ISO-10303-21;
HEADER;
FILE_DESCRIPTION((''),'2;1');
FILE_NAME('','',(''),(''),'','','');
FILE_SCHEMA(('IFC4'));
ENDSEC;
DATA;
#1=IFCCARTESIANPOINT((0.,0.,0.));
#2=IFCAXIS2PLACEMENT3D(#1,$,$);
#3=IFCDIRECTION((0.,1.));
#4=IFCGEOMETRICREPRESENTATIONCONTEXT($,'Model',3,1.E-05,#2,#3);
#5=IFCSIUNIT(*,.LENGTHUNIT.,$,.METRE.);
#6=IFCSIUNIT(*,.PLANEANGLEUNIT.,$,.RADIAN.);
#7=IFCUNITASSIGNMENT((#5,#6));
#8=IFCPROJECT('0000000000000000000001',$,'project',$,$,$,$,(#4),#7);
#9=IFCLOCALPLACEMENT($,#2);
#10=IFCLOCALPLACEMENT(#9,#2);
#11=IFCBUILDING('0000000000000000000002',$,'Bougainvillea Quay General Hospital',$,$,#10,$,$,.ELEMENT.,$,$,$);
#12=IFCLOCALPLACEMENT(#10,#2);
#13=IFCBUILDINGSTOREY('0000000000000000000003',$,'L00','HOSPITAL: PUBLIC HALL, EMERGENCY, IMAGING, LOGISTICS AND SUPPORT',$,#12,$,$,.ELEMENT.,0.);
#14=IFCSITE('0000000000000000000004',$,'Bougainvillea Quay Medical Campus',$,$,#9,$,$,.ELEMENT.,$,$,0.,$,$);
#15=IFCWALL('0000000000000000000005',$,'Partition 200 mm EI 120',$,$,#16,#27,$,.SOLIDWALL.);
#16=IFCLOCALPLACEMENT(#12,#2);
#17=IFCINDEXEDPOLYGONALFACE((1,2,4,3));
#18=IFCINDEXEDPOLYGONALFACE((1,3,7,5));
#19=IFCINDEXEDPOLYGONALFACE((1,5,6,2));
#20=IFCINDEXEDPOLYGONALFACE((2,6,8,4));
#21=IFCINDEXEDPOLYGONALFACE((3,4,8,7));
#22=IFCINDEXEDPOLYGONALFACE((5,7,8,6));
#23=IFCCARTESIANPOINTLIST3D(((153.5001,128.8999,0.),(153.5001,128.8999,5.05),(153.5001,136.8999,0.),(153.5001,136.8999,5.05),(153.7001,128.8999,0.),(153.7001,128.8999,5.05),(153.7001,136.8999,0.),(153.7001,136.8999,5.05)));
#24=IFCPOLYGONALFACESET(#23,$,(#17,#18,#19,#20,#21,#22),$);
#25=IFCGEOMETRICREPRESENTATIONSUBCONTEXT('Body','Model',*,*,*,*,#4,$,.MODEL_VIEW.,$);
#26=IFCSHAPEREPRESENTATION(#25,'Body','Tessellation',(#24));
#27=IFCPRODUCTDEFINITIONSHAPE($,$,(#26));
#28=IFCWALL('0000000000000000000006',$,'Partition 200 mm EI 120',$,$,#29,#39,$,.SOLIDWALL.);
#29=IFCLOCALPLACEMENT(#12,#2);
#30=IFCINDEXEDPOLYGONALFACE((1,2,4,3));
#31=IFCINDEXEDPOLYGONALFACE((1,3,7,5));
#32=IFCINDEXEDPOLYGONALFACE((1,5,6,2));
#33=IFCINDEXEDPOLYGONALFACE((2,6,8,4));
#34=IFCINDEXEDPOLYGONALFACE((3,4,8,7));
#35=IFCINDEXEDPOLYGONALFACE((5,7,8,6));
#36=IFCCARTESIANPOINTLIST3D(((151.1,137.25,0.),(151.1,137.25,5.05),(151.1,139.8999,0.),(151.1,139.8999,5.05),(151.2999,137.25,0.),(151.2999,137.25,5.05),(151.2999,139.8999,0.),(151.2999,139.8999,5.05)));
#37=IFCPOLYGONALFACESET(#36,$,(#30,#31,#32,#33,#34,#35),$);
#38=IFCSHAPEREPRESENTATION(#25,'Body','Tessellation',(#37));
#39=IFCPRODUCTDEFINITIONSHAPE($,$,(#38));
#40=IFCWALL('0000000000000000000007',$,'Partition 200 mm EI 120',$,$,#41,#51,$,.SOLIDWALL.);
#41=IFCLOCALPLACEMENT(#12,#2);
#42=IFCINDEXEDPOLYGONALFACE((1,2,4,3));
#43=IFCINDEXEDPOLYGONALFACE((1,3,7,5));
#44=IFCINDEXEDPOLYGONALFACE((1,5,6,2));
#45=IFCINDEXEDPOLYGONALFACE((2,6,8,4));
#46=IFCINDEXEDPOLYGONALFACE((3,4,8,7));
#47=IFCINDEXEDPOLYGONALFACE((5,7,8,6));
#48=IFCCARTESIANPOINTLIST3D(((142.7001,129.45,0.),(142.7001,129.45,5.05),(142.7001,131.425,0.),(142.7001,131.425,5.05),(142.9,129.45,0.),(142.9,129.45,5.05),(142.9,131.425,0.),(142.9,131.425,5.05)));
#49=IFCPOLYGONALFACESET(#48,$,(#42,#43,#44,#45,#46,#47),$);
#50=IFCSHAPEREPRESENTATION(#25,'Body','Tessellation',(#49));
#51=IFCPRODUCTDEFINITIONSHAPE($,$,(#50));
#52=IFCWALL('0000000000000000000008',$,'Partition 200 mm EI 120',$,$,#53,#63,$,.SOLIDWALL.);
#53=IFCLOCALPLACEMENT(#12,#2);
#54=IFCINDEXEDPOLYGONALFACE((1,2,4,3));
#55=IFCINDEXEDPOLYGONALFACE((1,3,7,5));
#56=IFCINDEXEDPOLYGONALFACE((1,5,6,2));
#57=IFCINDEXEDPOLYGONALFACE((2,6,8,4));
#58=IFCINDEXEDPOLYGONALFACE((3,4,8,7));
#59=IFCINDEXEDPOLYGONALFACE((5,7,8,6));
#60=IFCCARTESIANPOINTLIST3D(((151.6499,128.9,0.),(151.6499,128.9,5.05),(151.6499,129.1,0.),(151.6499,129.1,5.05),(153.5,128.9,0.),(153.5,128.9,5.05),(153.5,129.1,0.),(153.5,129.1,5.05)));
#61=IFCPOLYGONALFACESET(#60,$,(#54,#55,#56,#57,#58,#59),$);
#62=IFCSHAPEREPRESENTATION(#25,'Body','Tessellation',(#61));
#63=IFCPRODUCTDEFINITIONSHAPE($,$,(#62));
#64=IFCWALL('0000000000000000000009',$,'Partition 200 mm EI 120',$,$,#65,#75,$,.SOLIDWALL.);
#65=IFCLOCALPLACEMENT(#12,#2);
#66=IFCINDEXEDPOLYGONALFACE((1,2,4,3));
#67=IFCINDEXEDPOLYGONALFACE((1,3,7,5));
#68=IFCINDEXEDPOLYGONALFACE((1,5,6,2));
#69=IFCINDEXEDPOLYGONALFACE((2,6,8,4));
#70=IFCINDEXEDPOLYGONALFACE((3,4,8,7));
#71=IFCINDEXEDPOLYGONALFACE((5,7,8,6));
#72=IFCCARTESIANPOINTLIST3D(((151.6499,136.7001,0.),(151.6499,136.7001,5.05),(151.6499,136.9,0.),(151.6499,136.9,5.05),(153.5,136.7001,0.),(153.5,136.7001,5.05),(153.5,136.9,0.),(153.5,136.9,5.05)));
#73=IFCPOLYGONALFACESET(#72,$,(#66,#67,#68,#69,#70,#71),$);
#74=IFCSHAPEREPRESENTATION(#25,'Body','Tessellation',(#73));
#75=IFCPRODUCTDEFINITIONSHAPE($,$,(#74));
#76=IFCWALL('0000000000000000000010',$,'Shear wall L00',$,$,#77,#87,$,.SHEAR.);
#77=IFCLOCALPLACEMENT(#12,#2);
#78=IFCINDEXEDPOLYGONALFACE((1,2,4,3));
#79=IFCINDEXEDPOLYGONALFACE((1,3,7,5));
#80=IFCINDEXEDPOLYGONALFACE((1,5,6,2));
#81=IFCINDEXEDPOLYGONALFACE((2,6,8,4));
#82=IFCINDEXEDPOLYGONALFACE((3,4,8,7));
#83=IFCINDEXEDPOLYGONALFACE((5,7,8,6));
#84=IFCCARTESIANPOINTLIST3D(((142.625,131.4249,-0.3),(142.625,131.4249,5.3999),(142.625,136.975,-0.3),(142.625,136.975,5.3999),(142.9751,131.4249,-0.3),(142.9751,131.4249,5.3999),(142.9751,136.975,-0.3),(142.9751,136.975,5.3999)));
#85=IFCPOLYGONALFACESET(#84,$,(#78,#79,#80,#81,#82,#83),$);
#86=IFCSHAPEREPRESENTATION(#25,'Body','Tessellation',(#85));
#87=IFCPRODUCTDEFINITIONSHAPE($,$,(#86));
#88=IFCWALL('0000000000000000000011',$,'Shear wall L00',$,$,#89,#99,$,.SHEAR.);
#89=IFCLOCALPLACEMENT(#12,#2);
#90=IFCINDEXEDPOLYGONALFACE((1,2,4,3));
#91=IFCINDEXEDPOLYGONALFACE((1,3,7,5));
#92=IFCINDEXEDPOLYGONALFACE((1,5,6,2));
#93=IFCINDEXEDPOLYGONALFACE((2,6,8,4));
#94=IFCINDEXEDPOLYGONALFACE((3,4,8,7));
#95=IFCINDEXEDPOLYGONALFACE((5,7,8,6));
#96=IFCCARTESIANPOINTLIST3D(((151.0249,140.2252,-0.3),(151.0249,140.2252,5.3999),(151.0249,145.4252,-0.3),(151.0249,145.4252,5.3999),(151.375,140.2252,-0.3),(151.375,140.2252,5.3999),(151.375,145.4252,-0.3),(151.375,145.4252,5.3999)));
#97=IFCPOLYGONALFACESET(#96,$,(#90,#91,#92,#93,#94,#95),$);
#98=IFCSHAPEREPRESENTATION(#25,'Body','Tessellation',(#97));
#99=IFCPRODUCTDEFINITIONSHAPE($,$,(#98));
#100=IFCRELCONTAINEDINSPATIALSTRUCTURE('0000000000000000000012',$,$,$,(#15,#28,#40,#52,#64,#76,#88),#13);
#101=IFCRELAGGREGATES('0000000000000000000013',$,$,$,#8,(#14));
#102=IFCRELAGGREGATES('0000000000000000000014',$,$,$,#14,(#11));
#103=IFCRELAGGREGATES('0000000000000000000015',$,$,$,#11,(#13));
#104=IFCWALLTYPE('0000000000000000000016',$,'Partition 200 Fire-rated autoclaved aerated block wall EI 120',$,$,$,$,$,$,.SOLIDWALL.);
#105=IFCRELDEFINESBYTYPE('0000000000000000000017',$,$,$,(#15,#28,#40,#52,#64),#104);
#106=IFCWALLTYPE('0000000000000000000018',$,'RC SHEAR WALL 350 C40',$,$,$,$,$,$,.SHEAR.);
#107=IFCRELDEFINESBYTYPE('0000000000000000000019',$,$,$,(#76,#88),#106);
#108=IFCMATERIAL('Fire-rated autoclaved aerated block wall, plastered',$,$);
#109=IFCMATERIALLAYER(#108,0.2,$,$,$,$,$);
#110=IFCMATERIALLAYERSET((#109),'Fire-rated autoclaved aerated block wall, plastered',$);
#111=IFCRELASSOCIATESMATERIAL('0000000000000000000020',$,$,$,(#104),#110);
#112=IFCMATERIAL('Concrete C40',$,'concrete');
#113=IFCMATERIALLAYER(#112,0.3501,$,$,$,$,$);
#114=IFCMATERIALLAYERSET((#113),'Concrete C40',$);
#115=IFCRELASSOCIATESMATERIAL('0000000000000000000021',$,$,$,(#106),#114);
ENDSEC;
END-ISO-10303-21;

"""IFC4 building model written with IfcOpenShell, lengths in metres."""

from ifc_helpers import new_model, si_unit, direction, frame, frame_2d, origin, place, context, subcontext, project, spatial, rectangle, extrude, material, layer, layer_set, type_object, element, save


model = new_model("IFC4")

# Units and contexts
model_context = context("Model", 3, precision=1e-05, world=origin(), true_north=direction((0.0, 1.0)))
body_context = subcontext(model_context, "Body", "Model", "MODEL_VIEW")
ifc_project = project(units=[si_unit("LENGTHUNIT", "METRE"), si_unit("PLANEANGLEUNIT", "RADIAN")], contexts=[model_context])

# Site, building, storey
site_placement = place(None, origin())
site = spatial("IfcSite", under=ifc_project, at=site_placement, Name="Bougainvillea Quay Medical Campus", CompositionType="ELEMENT", RefElevation=0.0)
building_placement = place(site_placement, origin())
building = spatial("IfcBuilding", under=site, at=building_placement, Name="Bougainvillea Quay General Hospital", CompositionType="ELEMENT")
storey_placement = place(building_placement, origin())
storey = spatial("IfcBuildingStorey", under=building, at=storey_placement, Name="L00", Description="HOSPITAL: PUBLIC HALL, EMERGENCY, IMAGING, LOGISTICS AND SUPPORT", CompositionType="ELEMENT", Elevation=0.0)

# Shared definitions
ifc_material_1 = material(Name="Concrete C40", Category="concrete")

# Shared definitions
ifc_material_2 = material(Name="Fire-rated autoclaved aerated block wall, plastered")
ifc_layer_1 = layer(ifc_material_2, 0.2)
ifc_layer_set_1 = layer_set([ifc_layer_1], Name="Fire-rated autoclaved aerated block wall, plastered")
wall_type_1 = type_object("IfcWallType", Name="Partition 200 Fire-rated autoclaved aerated block wall EI 120", PredefinedType="SOLIDWALL", material=ifc_layer_set_1)

# Walls
wall_1_placement = place(storey_placement, frame((153.6001, 128.8999, 0.0), z_axis=(0.0, 0.0, 1.0), x_axis=(0.0, 1.0, 0.0)))
element("IfcWall", 1, at=wall_1_placement, inside=storey, type_object=wall_type_1, Name="Partition 200 mm EI 120", PredefinedType="SOLIDWALL", context=body_context, shape_type="SweptSolid", body=[
    extrude(rectangle(XDim=8.0, YDim=0.2, at=frame_2d((4.0, 0.0))), origin(), (0.0, 0.0, 1.0), 5.05),
])
wall_2_placement = place(storey_placement, frame((151.2, 137.25, 0.0), z_axis=(0.0, 0.0, 1.0), x_axis=(0.0, 1.0, 0.0)))
element("IfcWall", 2, at=wall_2_placement, inside=storey, type_object=wall_type_1, Name="Partition 200 mm EI 120", PredefinedType="SOLIDWALL", context=body_context, shape_type="SweptSolid", body=[
    extrude(rectangle(XDim=2.6499, YDim=0.2, at=frame_2d((1.325, 0.0))), origin(), (0.0, 0.0, 1.0), 5.05),
])
wall_3_placement = place(storey_placement, frame((142.8, 129.45, 0.0), z_axis=(0.0, 0.0, 1.0), x_axis=(0.0, 1.0, 0.0)))
element("IfcWall", 3, at=wall_3_placement, inside=storey, type_object=wall_type_1, Name="Partition 200 mm EI 120", PredefinedType="SOLIDWALL", context=body_context, shape_type="SweptSolid", body=[
    extrude(rectangle(XDim=1.9751, YDim=0.2, at=frame_2d((0.9875, 0.0))), origin(), (0.0, 0.0, 1.0), 5.05),
])
for number, where, z_axis, x_axis, name in (
    (4, (151.6499, 129.0, 0.0), (0.0, 0.0, 1.0), (1.0, 0.0, 0.0), "Partition 200 mm EI 120"),
    (5, (151.6499, 136.8, 0.0), (0.0, 0.0, 1.0), (1.0, 0.0, 0.0), "Partition 200 mm EI 120"),
):
    element("IfcWall", number, at=place(storey_placement, frame(where, z_axis=z_axis, x_axis=x_axis)), inside=storey, type_object=wall_type_1, Name=name, PredefinedType="SOLIDWALL", context=body_context, shape_type="SweptSolid", body=[
        extrude(rectangle(XDim=1.8501, YDim=0.2, at=frame_2d((0.925, 0.0))), origin(), (0.0, 0.0, 1.0), 5.05),
    ])
ifc_layer_2 = layer(ifc_material_1, 0.3501)
ifc_layer_set_2 = layer_set([ifc_layer_2], Name="Concrete C40")
wall_type_2 = type_object("IfcWallType", Name="RC SHEAR WALL 350 C40", PredefinedType="SHEAR", material=ifc_layer_set_2)
wall_4_placement = place(storey_placement, frame((142.8, 131.425, -0.3), z_axis=(0.0, 0.0, 1.0), x_axis=(0.0, 1.0, 0.0)))
element("IfcWall", 6, at=wall_4_placement, inside=storey, type_object=wall_type_2, Name="Shear wall L00", PredefinedType="SHEAR", context=body_context, shape_type="SweptSolid", body=[
    extrude(rectangle(XDim=5.55, YDim=0.3501, at=frame_2d((2.7749, 0.0))), origin(), (0.0, 0.0, 1.0), 5.7),
])
wall_5_placement = place(storey_placement, frame((151.2, 140.2251, -0.3), z_axis=(0.0, 0.0, 1.0), x_axis=(0.0, 1.0, 0.0)))
element("IfcWall", 7, at=wall_5_placement, inside=storey, type_object=wall_type_2, Name="Shear wall L00", PredefinedType="SHEAR", context=body_context, shape_type="SweptSolid", body=[
    extrude(rectangle(XDim=5.2, YDim=0.3501, at=frame_2d((2.6001, 0.0))), origin(), (0.0, 0.0, 1.0), 5.7),
])

save(model, "model.ifc")
